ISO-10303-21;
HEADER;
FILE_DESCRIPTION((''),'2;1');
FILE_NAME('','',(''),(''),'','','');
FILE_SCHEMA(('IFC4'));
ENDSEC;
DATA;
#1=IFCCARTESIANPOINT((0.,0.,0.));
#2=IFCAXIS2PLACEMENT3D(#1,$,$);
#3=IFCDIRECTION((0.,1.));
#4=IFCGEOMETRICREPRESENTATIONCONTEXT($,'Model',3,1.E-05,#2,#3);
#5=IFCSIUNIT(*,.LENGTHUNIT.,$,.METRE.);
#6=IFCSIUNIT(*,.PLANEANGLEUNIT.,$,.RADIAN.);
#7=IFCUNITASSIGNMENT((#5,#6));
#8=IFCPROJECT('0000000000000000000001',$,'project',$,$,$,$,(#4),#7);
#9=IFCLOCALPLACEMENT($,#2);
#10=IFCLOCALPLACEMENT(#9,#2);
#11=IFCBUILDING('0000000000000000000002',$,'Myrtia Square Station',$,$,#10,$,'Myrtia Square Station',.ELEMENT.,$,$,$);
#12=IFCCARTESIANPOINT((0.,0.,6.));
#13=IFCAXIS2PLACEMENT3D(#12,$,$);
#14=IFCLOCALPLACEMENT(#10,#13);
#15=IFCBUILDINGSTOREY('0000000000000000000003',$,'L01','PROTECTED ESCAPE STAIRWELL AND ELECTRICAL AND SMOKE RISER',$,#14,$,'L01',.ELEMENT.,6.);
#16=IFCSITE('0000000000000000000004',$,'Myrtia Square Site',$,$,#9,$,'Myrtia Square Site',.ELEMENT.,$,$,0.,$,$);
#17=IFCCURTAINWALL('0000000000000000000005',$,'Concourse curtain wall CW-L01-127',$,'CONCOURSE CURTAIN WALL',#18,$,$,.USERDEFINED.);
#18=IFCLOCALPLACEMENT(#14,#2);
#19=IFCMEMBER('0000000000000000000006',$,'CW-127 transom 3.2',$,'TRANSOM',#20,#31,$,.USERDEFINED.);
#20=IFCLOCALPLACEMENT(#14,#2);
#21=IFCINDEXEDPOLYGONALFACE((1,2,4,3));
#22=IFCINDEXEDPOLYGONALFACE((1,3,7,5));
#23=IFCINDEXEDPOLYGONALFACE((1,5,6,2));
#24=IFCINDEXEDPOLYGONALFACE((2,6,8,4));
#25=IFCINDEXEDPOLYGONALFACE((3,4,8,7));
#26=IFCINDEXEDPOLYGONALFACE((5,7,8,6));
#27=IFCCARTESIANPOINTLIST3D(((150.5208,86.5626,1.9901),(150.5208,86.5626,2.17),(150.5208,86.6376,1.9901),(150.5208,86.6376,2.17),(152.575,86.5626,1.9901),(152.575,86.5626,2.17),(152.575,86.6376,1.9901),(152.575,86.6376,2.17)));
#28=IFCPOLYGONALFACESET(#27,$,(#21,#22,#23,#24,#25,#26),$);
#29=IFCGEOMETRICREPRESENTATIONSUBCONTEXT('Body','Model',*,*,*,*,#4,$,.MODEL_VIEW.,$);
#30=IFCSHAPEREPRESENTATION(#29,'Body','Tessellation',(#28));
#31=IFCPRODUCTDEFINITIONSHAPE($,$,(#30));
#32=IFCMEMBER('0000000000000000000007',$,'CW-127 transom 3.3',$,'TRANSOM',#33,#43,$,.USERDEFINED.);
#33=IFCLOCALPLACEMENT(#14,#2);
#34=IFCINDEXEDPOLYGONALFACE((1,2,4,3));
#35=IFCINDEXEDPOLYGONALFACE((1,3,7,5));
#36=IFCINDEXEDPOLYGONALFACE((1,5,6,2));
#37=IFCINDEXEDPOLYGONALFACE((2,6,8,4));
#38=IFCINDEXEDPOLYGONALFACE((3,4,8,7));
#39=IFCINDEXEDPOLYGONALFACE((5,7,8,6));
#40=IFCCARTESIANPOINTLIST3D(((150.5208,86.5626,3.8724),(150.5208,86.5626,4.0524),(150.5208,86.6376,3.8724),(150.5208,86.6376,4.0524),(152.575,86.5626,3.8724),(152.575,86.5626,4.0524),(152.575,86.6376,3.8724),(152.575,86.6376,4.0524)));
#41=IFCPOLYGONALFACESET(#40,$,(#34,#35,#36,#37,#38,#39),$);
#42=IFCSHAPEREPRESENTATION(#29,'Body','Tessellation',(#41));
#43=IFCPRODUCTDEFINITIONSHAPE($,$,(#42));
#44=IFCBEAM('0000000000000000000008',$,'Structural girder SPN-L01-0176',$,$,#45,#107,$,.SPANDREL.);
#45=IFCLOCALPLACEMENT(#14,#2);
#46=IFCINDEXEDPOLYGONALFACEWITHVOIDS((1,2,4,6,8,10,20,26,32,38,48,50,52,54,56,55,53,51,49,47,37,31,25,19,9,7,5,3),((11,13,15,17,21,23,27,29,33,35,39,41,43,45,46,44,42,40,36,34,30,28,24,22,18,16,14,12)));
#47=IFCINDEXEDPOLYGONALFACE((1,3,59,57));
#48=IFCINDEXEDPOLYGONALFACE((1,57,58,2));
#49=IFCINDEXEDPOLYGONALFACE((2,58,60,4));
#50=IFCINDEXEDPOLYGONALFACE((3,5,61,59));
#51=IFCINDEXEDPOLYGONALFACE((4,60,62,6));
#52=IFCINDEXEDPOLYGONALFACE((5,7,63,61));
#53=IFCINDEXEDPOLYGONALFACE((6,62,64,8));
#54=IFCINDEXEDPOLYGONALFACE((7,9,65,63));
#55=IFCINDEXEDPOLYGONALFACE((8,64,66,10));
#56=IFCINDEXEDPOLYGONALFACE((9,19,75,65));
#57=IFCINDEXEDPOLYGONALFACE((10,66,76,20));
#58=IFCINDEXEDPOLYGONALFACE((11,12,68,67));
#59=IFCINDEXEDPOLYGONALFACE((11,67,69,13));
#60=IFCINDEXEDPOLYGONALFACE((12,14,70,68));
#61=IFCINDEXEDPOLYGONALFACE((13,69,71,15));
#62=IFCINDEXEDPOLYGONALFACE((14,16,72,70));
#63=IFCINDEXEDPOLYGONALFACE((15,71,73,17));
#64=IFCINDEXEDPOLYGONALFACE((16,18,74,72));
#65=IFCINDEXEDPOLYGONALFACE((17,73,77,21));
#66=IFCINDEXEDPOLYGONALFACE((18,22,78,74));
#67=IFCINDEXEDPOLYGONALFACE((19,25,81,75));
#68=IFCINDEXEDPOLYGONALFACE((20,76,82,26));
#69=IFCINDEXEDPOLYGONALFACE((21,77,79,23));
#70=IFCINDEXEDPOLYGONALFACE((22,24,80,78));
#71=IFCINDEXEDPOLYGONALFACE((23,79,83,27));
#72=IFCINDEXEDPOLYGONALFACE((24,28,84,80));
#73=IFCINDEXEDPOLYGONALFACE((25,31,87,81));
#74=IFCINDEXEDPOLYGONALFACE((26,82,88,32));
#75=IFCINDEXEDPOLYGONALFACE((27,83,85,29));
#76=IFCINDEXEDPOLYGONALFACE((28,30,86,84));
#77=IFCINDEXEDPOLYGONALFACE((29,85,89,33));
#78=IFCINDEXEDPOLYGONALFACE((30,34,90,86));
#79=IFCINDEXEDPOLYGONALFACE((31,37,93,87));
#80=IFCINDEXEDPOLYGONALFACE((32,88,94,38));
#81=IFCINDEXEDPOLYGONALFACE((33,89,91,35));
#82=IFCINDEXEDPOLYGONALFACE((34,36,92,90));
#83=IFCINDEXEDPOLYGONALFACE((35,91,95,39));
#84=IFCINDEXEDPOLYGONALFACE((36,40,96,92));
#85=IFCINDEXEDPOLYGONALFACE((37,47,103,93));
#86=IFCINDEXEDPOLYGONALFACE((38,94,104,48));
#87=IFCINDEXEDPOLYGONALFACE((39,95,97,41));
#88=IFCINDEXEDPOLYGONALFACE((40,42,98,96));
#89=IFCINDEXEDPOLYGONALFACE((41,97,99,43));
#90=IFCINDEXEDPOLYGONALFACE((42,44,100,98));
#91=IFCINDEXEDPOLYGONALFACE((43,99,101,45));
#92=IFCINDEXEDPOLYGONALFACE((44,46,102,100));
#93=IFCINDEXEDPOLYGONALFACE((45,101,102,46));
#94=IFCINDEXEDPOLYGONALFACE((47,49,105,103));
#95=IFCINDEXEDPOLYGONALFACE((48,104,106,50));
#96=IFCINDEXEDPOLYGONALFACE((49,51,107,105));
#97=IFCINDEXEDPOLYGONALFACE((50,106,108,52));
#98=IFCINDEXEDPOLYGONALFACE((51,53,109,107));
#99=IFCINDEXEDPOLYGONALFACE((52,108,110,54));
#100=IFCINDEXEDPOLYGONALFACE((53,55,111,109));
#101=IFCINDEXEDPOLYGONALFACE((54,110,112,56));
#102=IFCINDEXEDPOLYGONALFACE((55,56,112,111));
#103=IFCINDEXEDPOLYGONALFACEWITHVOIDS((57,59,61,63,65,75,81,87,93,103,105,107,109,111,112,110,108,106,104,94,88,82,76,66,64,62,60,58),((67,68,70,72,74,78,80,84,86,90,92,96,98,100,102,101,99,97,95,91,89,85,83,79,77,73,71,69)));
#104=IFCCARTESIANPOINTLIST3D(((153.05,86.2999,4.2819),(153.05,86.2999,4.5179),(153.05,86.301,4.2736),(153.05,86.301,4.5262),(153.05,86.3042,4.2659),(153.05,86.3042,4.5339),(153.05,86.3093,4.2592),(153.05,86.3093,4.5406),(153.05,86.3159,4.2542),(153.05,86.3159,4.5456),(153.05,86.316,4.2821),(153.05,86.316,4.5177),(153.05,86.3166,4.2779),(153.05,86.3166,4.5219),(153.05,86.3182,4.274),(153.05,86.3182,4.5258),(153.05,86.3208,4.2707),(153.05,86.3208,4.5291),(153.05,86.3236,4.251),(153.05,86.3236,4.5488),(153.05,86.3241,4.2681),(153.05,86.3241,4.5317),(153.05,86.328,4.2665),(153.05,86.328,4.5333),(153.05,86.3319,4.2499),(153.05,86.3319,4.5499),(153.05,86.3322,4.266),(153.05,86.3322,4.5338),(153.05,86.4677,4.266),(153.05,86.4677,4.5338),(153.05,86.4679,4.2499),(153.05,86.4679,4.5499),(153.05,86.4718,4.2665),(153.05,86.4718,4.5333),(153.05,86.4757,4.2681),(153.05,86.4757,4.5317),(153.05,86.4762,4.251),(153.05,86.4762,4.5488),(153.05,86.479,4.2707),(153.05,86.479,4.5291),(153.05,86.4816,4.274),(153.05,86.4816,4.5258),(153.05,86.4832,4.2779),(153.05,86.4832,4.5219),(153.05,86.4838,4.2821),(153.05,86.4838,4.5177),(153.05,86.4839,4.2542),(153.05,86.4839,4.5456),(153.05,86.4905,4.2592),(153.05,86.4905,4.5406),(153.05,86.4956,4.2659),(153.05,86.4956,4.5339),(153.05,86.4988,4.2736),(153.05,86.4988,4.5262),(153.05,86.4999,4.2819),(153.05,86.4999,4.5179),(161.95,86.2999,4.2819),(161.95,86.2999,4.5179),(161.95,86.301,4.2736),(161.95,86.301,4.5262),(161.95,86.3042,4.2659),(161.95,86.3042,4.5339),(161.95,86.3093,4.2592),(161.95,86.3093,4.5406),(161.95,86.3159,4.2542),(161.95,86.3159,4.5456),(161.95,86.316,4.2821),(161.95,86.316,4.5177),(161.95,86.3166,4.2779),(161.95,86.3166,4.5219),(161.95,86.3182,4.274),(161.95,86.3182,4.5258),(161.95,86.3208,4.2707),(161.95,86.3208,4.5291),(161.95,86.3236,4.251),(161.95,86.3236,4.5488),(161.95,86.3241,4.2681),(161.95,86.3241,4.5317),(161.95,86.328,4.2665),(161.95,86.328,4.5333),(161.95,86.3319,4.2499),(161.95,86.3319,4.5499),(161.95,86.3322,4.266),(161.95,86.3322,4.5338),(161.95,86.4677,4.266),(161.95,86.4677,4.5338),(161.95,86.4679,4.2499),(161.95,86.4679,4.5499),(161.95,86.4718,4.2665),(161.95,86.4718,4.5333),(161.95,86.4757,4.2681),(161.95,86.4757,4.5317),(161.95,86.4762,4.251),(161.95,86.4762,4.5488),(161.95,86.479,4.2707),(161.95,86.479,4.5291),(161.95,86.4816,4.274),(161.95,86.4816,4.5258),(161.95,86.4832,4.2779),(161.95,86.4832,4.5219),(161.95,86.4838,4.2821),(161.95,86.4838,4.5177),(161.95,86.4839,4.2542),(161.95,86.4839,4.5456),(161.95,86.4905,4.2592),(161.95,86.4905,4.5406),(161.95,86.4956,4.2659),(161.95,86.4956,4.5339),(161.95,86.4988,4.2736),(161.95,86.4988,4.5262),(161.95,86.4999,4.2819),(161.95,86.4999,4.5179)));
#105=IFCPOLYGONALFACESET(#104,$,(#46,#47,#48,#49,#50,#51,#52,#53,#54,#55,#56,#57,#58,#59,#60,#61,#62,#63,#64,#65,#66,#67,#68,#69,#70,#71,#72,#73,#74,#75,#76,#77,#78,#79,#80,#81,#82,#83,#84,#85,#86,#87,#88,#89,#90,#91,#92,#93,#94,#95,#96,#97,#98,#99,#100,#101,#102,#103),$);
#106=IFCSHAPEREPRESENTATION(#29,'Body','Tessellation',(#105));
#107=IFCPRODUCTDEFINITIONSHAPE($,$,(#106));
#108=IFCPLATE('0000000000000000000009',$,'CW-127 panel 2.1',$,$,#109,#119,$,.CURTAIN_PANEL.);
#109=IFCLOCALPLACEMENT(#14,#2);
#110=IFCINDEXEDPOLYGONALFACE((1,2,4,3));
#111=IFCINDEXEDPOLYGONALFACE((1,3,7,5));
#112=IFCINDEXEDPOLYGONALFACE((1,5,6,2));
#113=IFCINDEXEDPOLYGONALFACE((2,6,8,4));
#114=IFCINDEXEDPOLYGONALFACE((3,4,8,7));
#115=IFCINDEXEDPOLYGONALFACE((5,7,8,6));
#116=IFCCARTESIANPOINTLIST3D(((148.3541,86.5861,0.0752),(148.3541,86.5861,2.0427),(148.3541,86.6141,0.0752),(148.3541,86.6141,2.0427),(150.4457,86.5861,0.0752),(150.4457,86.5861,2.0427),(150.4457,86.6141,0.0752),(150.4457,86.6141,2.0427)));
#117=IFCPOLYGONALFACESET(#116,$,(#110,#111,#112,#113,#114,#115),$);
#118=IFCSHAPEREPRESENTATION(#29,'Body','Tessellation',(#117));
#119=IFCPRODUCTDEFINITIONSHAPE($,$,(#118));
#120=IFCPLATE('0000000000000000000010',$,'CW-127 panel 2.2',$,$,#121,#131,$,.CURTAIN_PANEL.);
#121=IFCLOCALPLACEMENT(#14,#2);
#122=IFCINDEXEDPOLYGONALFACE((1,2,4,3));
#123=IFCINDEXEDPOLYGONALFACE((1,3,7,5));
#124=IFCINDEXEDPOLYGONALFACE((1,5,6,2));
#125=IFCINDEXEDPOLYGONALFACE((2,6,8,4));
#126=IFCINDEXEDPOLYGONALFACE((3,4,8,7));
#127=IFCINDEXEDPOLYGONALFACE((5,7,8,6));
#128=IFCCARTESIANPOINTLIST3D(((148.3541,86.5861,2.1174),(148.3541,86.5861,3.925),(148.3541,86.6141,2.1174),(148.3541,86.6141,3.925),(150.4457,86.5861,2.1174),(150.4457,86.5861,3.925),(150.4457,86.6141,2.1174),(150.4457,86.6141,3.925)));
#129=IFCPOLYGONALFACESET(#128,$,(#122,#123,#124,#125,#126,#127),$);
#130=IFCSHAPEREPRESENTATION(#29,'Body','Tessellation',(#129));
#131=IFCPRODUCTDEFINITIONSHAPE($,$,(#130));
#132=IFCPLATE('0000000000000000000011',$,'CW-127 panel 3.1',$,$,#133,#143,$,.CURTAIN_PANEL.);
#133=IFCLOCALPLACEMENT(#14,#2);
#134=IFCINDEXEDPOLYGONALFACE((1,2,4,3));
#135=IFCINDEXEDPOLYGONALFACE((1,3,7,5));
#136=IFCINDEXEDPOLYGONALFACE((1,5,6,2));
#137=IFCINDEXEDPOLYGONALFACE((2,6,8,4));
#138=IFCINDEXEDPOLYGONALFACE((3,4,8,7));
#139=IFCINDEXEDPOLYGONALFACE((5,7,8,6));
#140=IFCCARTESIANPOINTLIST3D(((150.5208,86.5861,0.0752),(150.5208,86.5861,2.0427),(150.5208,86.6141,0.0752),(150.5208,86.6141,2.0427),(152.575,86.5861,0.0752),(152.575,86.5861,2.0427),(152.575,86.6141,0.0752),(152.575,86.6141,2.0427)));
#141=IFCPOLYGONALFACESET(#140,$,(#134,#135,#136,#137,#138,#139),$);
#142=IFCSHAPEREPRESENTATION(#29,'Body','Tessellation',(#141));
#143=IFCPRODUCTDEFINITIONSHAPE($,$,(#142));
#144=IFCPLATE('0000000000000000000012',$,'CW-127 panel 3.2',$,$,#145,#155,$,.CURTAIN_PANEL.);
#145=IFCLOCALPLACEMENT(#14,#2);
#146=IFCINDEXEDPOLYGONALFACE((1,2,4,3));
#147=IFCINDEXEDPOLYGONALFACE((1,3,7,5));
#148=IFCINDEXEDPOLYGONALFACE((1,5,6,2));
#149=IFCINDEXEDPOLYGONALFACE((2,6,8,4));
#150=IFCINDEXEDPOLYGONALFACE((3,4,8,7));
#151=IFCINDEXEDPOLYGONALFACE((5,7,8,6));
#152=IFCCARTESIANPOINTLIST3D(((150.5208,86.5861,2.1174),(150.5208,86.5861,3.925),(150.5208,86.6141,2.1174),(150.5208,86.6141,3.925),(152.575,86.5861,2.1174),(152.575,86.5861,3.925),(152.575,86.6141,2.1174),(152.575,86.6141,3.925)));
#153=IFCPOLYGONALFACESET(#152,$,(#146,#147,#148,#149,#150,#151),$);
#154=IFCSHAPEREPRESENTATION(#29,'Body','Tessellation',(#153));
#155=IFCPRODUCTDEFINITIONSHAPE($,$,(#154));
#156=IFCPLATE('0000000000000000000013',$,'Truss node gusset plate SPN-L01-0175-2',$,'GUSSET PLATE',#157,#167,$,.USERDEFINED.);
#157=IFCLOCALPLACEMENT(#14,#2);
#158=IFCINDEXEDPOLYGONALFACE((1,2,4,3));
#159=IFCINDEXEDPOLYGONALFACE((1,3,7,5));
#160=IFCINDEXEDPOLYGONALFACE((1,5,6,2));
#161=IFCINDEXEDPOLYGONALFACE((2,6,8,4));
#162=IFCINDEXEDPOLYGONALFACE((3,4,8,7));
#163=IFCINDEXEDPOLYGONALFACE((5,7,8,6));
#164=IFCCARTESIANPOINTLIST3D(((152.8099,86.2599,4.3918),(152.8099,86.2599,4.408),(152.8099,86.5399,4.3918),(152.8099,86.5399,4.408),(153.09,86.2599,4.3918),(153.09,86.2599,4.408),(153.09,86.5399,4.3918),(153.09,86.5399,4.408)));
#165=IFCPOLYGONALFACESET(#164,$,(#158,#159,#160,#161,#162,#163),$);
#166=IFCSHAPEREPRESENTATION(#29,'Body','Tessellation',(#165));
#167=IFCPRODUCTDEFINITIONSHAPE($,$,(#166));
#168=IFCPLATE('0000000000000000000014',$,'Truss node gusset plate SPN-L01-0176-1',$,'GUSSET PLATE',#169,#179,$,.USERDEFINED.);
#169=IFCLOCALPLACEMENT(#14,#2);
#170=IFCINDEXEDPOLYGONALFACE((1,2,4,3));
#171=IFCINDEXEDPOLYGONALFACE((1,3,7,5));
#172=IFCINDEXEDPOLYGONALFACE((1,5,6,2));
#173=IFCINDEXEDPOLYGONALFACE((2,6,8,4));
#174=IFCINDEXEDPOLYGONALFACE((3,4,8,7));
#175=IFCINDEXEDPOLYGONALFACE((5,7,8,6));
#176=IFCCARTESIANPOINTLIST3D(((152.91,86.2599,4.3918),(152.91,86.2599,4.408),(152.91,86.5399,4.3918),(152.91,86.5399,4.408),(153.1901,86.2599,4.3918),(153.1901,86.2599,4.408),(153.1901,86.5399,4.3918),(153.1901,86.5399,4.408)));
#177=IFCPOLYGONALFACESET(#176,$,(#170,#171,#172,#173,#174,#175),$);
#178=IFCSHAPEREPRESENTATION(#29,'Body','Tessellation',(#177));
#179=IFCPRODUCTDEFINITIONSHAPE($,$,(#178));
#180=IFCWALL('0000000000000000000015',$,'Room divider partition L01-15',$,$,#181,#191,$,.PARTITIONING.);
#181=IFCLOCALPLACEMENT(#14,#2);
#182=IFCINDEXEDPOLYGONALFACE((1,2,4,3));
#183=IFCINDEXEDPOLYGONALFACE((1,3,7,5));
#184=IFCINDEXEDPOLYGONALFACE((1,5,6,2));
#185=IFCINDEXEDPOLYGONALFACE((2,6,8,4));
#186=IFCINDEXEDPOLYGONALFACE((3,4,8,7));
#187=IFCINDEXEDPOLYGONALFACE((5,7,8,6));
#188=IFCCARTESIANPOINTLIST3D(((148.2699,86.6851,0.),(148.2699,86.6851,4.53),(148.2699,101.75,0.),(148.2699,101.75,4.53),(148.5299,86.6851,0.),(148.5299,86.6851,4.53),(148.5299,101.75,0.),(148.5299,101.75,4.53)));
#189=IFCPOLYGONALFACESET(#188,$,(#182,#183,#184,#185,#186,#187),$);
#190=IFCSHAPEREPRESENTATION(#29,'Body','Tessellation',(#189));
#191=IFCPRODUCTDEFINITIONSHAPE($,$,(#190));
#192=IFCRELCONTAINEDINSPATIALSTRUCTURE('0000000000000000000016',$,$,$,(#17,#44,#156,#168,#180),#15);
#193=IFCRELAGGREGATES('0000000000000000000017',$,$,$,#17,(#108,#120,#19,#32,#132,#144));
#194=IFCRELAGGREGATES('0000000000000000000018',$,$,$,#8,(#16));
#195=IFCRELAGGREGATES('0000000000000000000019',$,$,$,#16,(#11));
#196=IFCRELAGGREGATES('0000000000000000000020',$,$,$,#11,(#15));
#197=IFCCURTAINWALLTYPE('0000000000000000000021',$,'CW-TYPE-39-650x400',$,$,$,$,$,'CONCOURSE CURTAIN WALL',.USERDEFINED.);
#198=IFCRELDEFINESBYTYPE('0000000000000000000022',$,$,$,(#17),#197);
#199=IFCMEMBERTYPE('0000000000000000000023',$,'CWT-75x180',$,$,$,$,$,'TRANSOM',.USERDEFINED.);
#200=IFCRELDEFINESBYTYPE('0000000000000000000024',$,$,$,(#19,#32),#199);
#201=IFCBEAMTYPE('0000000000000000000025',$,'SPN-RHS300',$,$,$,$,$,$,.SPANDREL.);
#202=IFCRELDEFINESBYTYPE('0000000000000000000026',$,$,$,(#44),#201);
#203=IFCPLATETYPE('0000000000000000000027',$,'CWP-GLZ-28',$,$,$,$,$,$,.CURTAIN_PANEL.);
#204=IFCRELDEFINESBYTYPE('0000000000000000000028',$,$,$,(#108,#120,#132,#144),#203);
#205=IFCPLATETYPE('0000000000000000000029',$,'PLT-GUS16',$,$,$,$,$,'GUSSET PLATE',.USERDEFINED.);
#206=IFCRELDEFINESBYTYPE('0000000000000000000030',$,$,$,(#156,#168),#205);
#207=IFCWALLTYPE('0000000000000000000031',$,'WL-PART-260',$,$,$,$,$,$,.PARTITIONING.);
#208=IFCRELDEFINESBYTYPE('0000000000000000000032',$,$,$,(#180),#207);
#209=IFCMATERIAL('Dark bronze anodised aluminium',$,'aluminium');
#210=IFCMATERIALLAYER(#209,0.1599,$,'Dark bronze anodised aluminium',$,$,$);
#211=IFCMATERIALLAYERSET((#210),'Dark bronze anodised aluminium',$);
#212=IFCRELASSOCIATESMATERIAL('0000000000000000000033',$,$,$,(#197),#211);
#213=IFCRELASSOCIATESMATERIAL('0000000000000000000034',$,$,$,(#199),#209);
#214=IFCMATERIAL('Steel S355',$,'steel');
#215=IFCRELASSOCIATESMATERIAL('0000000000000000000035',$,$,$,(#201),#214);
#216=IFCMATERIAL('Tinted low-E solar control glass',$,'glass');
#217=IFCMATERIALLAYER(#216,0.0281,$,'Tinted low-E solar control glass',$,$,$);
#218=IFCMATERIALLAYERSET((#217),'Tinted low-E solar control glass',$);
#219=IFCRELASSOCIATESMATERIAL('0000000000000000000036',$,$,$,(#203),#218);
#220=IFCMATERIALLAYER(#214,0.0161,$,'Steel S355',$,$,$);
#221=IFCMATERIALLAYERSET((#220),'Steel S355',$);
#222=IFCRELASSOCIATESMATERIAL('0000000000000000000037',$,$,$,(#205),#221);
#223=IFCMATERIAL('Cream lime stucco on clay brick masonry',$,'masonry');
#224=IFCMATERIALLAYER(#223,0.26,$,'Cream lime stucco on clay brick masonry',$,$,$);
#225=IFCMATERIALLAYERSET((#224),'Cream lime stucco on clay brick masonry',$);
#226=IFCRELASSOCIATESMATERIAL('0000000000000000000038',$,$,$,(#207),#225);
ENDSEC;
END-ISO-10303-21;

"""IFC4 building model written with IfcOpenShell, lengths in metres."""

from ifc_helpers import new_model, si_unit, direction, frame, frame_2d, origin, origin_2d, place, context, subcontext, project, spatial, rectangle, hollow_rectangle, extrude, material, layer, layer_set, material_profile, profile_set, type_object, element, aggregate, save


model = new_model("IFC4")

# Units and contexts
model_context = context("Model", 3, precision=1e-05, world=origin(), true_north=direction((0.0, 1.0)))
body_context = subcontext(model_context, "Body", "Model", "MODEL_VIEW")
ifc_project = project(units=[si_unit("LENGTHUNIT", "METRE"), si_unit("PLANEANGLEUNIT", "RADIAN")], contexts=[model_context])

# Site, building, storey
site_placement = place(None, origin())
site = spatial("IfcSite", under=ifc_project, at=site_placement, Name="Myrtia Square Site", LongName="Myrtia Square Site", CompositionType="ELEMENT", RefElevation=0.0)
building_placement = place(site_placement, origin())
building = spatial("IfcBuilding", under=site, at=building_placement, Name="Myrtia Square Station", LongName="Myrtia Square Station", CompositionType="ELEMENT")
storey_placement = place(building_placement, frame((0.0, 0.0, 6.0)))
storey = spatial("IfcBuildingStorey", under=building, at=storey_placement, Name="L01", Description="PROTECTED ESCAPE STAIRWELL AND ELECTRICAL AND SMOKE RISER", LongName="L01", CompositionType="ELEMENT", Elevation=6.0)

# Shared definitions
ifc_material_1 = material(Name="Steel S355", Category="steel")

# Curtain wall
ifc_material_2 = material(Name="Dark bronze anodised aluminium", Category="aluminium")
ifc_layer_1 = layer(ifc_material_2, 0.1599, Name="Dark bronze anodised aluminium")
ifc_layer_set_1 = layer_set([ifc_layer_1], Name="Dark bronze anodised aluminium")
curtain_wall_type = type_object("IfcCurtainWallType", Name="CW-TYPE-39-650x400", ElementType="CONCOURSE CURTAIN WALL", PredefinedType="USERDEFINED", material=ifc_layer_set_1)
curtain_wall_1_placement = place(storey_placement, origin())
curtain_wall_1 = element("IfcCurtainWall", 1, at=curtain_wall_1_placement, inside=storey, type_object=curtain_wall_type, Name="Concourse curtain wall CW-L01-127", ObjectType="CONCOURSE CURTAIN WALL", PredefinedType="USERDEFINED")

# Members
ifc_material_profile_1 = material_profile(ifc_material_2, rectangle(XDim=0.075, YDim=0.1799, at=origin_2d()), Name="ALU-T 75x180")
ifc_profile_set_1 = profile_set([ifc_material_profile_1], Name="Dark bronze anodised aluminium")
member_type_1 = type_object("IfcMemberType", Name="CWT-75x180", ElementType="TRANSOM", PredefinedType="USERDEFINED", material=ifc_profile_set_1)
member_1_placement = place(storey_placement, frame((150.5208, 86.6001, 2.0801), z_axis=(1.0, 0.0, 0.0), x_axis=(0.0, 1.0, 0.0)))
member_1 = element("IfcMember", 2, at=member_1_placement, type_object=member_type_1, Name="CW-127 transom 3.2", ObjectType="TRANSOM", PredefinedType="USERDEFINED", context=body_context, shape_type="SweptSolid", body=[
    extrude(rectangle(XDim=0.075, YDim=0.1799, at=origin_2d()), origin(), (0.0, 0.0, 1.0), 2.0542),
])
member_2_placement = place(storey_placement, frame((150.5208, 86.6001, 3.9624), z_axis=(1.0, 0.0, 0.0), x_axis=(0.0, 1.0, 0.0)))
member_2 = element("IfcMember", 3, at=member_2_placement, type_object=member_type_1, Name="CW-127 transom 3.3", ObjectType="TRANSOM", PredefinedType="USERDEFINED", context=body_context, shape_type="SweptSolid", body=[
    extrude(rectangle(XDim=0.075, YDim=0.1799, at=origin_2d()), origin(), (0.0, 0.0, 1.0), 2.0542),
])

# Beam
ifc_material_profile_2 = material_profile(ifc_material_1, hollow_rectangle(XDim=0.2, YDim=0.3, WallThickness=0.0161, InnerFilletRadius=0.0161, OuterFilletRadius=0.032, at=origin_2d()), Name="RHS 300x200x16")
ifc_profile_set_2 = profile_set([ifc_material_profile_2], Name="Steel S355")
beam_type_1 = type_object("IfcBeamType", Name="SPN-RHS300", PredefinedType="SPANDREL", material=ifc_profile_set_2)
beam_1_placement = place(storey_placement, frame((153.05, 86.3999, 4.3999), z_axis=(1.0, 0.0, 0.0), x_axis=(0.0, 1.0, 0.0)))
element("IfcBeam", 4, at=beam_1_placement, inside=storey, type_object=beam_type_1, Name="Structural girder SPN-L01-0176", PredefinedType="SPANDREL", context=body_context, shape_type="SweptSolid", body=[
    extrude(hollow_rectangle(XDim=0.2, YDim=0.3, WallThickness=0.0161, InnerFilletRadius=0.0161, OuterFilletRadius=0.032, at=origin_2d()), origin(), (0.0, 0.0, 1.0), 8.8999),
])

# Plates
ifc_material_3 = material(Name="Tinted low-E solar control glass", Category="glass")
ifc_layer_2 = layer(ifc_material_3, 0.0281, Name="Tinted low-E solar control glass")
ifc_layer_set_2 = layer_set([ifc_layer_2], Name="Tinted low-E solar control glass")
plate_type_1 = type_object("IfcPlateType", Name="CWP-GLZ-28", PredefinedType="CURTAIN_PANEL", material=ifc_layer_set_2)
plate_1_placement = place(storey_placement, frame((149.3999, 86.6001, 0.0752), z_axis=(0.0, 0.0, 1.0), x_axis=(1.0, 0.0, 0.0)))
plate_1 = element("IfcPlate", 5, at=plate_1_placement, type_object=plate_type_1, Name="CW-127 panel 2.1", PredefinedType="CURTAIN_PANEL", context=body_context, shape_type="SweptSolid", body=[
    extrude(rectangle(XDim=2.0916, YDim=0.0281, at=origin_2d()), origin(), (0.0, 0.0, 1.0), 1.9675),
])
plate_2_placement = place(storey_placement, frame((149.3999, 86.6001, 2.1174), z_axis=(0.0, 0.0, 1.0), x_axis=(1.0, 0.0, 0.0)))
plate_2 = element("IfcPlate", 6, at=plate_2_placement, type_object=plate_type_1, Name="CW-127 panel 2.2", PredefinedType="CURTAIN_PANEL", context=body_context, shape_type="SweptSolid", body=[
    extrude(rectangle(XDim=2.0916, YDim=0.0281, at=origin_2d()), origin(), (0.0, 0.0, 1.0), 1.8076),
])
plate_3_placement = place(storey_placement, frame((151.5479, 86.6001, 0.0752), z_axis=(0.0, 0.0, 1.0), x_axis=(1.0, 0.0, 0.0)))
plate_3 = element("IfcPlate", 7, at=plate_3_placement, type_object=plate_type_1, Name="CW-127 panel 3.1", PredefinedType="CURTAIN_PANEL", context=body_context, shape_type="SweptSolid", body=[
    extrude(rectangle(XDim=2.0542, YDim=0.0281, at=origin_2d()), origin(), (0.0, 0.0, 1.0), 1.9675),
])
plate_4_placement = place(storey_placement, frame((151.5479, 86.6001, 2.1174), z_axis=(0.0, 0.0, 1.0), x_axis=(1.0, 0.0, 0.0)))
plate_4 = element("IfcPlate", 8, at=plate_4_placement, type_object=plate_type_1, Name="CW-127 panel 3.2", PredefinedType="CURTAIN_PANEL", context=body_context, shape_type="SweptSolid", body=[
    extrude(rectangle(XDim=2.0542, YDim=0.0281, at=origin_2d()), origin(), (0.0, 0.0, 1.0), 1.8076),
])
aggregate(curtain_wall_1, [plate_1, plate_2, member_1, member_2, plate_3, plate_4])

# Plates
ifc_layer_3 = layer(ifc_material_1, 0.0161, Name="Steel S355")
ifc_layer_set_3 = layer_set([ifc_layer_3], Name="Steel S355")
plate_type_2 = type_object("IfcPlateType", Name="PLT-GUS16", ElementType="GUSSET PLATE", PredefinedType="USERDEFINED", material=ifc_layer_set_3)
for number, where, z_axis, x_axis, name in (
    (9, (152.95, 86.3999, 4.3918), (0.0, 0.0, 1.0), (1.0, 0.0, 0.0), "Truss node gusset plate SPN-L01-0175-2"),
    (10, (153.05, 86.3999, 4.3918), (0.0, 0.0, 1.0), (1.0, 0.0, 0.0), "Truss node gusset plate SPN-L01-0176-1"),
):
    element("IfcPlate", number, at=place(storey_placement, frame(where, z_axis=z_axis, x_axis=x_axis)), inside=storey, type_object=plate_type_2, Name=name, ObjectType="GUSSET PLATE", PredefinedType="USERDEFINED", context=body_context, shape_type="SweptSolid", body=[
        extrude(rectangle(XDim=0.28, YDim=0.28, at=origin_2d()), origin(), (0.0, 0.0, 1.0), 0.0161),
    ])

# Wall
ifc_material_4 = material(Name="Cream lime stucco on clay brick masonry", Category="masonry")
ifc_layer_4 = layer(ifc_material_4, 0.26, Name="Cream lime stucco on clay brick masonry")
ifc_layer_set_4 = layer_set([ifc_layer_4], Name="Cream lime stucco on clay brick masonry")
wall_type = type_object("IfcWallType", Name="WL-PART-260", PredefinedType="PARTITIONING", material=ifc_layer_set_4)
wall_placement = place(storey_placement, frame((148.3999, 86.6851, 0.0), z_axis=(0.0, 0.0, 1.0), x_axis=(0.0, 1.0, 0.0)))
element("IfcWall", 11, at=wall_placement, inside=storey, type_object=wall_type, Name="Room divider partition L01-15", PredefinedType="PARTITIONING", context=body_context, shape_type="SweptSolid", body=[
    extrude(rectangle(XDim=15.0649, YDim=0.26, at=frame_2d((7.5325, 0.0))), origin(), (0.0, 0.0, 1.0), 4.53),
])

save(model, "model.ifc")
